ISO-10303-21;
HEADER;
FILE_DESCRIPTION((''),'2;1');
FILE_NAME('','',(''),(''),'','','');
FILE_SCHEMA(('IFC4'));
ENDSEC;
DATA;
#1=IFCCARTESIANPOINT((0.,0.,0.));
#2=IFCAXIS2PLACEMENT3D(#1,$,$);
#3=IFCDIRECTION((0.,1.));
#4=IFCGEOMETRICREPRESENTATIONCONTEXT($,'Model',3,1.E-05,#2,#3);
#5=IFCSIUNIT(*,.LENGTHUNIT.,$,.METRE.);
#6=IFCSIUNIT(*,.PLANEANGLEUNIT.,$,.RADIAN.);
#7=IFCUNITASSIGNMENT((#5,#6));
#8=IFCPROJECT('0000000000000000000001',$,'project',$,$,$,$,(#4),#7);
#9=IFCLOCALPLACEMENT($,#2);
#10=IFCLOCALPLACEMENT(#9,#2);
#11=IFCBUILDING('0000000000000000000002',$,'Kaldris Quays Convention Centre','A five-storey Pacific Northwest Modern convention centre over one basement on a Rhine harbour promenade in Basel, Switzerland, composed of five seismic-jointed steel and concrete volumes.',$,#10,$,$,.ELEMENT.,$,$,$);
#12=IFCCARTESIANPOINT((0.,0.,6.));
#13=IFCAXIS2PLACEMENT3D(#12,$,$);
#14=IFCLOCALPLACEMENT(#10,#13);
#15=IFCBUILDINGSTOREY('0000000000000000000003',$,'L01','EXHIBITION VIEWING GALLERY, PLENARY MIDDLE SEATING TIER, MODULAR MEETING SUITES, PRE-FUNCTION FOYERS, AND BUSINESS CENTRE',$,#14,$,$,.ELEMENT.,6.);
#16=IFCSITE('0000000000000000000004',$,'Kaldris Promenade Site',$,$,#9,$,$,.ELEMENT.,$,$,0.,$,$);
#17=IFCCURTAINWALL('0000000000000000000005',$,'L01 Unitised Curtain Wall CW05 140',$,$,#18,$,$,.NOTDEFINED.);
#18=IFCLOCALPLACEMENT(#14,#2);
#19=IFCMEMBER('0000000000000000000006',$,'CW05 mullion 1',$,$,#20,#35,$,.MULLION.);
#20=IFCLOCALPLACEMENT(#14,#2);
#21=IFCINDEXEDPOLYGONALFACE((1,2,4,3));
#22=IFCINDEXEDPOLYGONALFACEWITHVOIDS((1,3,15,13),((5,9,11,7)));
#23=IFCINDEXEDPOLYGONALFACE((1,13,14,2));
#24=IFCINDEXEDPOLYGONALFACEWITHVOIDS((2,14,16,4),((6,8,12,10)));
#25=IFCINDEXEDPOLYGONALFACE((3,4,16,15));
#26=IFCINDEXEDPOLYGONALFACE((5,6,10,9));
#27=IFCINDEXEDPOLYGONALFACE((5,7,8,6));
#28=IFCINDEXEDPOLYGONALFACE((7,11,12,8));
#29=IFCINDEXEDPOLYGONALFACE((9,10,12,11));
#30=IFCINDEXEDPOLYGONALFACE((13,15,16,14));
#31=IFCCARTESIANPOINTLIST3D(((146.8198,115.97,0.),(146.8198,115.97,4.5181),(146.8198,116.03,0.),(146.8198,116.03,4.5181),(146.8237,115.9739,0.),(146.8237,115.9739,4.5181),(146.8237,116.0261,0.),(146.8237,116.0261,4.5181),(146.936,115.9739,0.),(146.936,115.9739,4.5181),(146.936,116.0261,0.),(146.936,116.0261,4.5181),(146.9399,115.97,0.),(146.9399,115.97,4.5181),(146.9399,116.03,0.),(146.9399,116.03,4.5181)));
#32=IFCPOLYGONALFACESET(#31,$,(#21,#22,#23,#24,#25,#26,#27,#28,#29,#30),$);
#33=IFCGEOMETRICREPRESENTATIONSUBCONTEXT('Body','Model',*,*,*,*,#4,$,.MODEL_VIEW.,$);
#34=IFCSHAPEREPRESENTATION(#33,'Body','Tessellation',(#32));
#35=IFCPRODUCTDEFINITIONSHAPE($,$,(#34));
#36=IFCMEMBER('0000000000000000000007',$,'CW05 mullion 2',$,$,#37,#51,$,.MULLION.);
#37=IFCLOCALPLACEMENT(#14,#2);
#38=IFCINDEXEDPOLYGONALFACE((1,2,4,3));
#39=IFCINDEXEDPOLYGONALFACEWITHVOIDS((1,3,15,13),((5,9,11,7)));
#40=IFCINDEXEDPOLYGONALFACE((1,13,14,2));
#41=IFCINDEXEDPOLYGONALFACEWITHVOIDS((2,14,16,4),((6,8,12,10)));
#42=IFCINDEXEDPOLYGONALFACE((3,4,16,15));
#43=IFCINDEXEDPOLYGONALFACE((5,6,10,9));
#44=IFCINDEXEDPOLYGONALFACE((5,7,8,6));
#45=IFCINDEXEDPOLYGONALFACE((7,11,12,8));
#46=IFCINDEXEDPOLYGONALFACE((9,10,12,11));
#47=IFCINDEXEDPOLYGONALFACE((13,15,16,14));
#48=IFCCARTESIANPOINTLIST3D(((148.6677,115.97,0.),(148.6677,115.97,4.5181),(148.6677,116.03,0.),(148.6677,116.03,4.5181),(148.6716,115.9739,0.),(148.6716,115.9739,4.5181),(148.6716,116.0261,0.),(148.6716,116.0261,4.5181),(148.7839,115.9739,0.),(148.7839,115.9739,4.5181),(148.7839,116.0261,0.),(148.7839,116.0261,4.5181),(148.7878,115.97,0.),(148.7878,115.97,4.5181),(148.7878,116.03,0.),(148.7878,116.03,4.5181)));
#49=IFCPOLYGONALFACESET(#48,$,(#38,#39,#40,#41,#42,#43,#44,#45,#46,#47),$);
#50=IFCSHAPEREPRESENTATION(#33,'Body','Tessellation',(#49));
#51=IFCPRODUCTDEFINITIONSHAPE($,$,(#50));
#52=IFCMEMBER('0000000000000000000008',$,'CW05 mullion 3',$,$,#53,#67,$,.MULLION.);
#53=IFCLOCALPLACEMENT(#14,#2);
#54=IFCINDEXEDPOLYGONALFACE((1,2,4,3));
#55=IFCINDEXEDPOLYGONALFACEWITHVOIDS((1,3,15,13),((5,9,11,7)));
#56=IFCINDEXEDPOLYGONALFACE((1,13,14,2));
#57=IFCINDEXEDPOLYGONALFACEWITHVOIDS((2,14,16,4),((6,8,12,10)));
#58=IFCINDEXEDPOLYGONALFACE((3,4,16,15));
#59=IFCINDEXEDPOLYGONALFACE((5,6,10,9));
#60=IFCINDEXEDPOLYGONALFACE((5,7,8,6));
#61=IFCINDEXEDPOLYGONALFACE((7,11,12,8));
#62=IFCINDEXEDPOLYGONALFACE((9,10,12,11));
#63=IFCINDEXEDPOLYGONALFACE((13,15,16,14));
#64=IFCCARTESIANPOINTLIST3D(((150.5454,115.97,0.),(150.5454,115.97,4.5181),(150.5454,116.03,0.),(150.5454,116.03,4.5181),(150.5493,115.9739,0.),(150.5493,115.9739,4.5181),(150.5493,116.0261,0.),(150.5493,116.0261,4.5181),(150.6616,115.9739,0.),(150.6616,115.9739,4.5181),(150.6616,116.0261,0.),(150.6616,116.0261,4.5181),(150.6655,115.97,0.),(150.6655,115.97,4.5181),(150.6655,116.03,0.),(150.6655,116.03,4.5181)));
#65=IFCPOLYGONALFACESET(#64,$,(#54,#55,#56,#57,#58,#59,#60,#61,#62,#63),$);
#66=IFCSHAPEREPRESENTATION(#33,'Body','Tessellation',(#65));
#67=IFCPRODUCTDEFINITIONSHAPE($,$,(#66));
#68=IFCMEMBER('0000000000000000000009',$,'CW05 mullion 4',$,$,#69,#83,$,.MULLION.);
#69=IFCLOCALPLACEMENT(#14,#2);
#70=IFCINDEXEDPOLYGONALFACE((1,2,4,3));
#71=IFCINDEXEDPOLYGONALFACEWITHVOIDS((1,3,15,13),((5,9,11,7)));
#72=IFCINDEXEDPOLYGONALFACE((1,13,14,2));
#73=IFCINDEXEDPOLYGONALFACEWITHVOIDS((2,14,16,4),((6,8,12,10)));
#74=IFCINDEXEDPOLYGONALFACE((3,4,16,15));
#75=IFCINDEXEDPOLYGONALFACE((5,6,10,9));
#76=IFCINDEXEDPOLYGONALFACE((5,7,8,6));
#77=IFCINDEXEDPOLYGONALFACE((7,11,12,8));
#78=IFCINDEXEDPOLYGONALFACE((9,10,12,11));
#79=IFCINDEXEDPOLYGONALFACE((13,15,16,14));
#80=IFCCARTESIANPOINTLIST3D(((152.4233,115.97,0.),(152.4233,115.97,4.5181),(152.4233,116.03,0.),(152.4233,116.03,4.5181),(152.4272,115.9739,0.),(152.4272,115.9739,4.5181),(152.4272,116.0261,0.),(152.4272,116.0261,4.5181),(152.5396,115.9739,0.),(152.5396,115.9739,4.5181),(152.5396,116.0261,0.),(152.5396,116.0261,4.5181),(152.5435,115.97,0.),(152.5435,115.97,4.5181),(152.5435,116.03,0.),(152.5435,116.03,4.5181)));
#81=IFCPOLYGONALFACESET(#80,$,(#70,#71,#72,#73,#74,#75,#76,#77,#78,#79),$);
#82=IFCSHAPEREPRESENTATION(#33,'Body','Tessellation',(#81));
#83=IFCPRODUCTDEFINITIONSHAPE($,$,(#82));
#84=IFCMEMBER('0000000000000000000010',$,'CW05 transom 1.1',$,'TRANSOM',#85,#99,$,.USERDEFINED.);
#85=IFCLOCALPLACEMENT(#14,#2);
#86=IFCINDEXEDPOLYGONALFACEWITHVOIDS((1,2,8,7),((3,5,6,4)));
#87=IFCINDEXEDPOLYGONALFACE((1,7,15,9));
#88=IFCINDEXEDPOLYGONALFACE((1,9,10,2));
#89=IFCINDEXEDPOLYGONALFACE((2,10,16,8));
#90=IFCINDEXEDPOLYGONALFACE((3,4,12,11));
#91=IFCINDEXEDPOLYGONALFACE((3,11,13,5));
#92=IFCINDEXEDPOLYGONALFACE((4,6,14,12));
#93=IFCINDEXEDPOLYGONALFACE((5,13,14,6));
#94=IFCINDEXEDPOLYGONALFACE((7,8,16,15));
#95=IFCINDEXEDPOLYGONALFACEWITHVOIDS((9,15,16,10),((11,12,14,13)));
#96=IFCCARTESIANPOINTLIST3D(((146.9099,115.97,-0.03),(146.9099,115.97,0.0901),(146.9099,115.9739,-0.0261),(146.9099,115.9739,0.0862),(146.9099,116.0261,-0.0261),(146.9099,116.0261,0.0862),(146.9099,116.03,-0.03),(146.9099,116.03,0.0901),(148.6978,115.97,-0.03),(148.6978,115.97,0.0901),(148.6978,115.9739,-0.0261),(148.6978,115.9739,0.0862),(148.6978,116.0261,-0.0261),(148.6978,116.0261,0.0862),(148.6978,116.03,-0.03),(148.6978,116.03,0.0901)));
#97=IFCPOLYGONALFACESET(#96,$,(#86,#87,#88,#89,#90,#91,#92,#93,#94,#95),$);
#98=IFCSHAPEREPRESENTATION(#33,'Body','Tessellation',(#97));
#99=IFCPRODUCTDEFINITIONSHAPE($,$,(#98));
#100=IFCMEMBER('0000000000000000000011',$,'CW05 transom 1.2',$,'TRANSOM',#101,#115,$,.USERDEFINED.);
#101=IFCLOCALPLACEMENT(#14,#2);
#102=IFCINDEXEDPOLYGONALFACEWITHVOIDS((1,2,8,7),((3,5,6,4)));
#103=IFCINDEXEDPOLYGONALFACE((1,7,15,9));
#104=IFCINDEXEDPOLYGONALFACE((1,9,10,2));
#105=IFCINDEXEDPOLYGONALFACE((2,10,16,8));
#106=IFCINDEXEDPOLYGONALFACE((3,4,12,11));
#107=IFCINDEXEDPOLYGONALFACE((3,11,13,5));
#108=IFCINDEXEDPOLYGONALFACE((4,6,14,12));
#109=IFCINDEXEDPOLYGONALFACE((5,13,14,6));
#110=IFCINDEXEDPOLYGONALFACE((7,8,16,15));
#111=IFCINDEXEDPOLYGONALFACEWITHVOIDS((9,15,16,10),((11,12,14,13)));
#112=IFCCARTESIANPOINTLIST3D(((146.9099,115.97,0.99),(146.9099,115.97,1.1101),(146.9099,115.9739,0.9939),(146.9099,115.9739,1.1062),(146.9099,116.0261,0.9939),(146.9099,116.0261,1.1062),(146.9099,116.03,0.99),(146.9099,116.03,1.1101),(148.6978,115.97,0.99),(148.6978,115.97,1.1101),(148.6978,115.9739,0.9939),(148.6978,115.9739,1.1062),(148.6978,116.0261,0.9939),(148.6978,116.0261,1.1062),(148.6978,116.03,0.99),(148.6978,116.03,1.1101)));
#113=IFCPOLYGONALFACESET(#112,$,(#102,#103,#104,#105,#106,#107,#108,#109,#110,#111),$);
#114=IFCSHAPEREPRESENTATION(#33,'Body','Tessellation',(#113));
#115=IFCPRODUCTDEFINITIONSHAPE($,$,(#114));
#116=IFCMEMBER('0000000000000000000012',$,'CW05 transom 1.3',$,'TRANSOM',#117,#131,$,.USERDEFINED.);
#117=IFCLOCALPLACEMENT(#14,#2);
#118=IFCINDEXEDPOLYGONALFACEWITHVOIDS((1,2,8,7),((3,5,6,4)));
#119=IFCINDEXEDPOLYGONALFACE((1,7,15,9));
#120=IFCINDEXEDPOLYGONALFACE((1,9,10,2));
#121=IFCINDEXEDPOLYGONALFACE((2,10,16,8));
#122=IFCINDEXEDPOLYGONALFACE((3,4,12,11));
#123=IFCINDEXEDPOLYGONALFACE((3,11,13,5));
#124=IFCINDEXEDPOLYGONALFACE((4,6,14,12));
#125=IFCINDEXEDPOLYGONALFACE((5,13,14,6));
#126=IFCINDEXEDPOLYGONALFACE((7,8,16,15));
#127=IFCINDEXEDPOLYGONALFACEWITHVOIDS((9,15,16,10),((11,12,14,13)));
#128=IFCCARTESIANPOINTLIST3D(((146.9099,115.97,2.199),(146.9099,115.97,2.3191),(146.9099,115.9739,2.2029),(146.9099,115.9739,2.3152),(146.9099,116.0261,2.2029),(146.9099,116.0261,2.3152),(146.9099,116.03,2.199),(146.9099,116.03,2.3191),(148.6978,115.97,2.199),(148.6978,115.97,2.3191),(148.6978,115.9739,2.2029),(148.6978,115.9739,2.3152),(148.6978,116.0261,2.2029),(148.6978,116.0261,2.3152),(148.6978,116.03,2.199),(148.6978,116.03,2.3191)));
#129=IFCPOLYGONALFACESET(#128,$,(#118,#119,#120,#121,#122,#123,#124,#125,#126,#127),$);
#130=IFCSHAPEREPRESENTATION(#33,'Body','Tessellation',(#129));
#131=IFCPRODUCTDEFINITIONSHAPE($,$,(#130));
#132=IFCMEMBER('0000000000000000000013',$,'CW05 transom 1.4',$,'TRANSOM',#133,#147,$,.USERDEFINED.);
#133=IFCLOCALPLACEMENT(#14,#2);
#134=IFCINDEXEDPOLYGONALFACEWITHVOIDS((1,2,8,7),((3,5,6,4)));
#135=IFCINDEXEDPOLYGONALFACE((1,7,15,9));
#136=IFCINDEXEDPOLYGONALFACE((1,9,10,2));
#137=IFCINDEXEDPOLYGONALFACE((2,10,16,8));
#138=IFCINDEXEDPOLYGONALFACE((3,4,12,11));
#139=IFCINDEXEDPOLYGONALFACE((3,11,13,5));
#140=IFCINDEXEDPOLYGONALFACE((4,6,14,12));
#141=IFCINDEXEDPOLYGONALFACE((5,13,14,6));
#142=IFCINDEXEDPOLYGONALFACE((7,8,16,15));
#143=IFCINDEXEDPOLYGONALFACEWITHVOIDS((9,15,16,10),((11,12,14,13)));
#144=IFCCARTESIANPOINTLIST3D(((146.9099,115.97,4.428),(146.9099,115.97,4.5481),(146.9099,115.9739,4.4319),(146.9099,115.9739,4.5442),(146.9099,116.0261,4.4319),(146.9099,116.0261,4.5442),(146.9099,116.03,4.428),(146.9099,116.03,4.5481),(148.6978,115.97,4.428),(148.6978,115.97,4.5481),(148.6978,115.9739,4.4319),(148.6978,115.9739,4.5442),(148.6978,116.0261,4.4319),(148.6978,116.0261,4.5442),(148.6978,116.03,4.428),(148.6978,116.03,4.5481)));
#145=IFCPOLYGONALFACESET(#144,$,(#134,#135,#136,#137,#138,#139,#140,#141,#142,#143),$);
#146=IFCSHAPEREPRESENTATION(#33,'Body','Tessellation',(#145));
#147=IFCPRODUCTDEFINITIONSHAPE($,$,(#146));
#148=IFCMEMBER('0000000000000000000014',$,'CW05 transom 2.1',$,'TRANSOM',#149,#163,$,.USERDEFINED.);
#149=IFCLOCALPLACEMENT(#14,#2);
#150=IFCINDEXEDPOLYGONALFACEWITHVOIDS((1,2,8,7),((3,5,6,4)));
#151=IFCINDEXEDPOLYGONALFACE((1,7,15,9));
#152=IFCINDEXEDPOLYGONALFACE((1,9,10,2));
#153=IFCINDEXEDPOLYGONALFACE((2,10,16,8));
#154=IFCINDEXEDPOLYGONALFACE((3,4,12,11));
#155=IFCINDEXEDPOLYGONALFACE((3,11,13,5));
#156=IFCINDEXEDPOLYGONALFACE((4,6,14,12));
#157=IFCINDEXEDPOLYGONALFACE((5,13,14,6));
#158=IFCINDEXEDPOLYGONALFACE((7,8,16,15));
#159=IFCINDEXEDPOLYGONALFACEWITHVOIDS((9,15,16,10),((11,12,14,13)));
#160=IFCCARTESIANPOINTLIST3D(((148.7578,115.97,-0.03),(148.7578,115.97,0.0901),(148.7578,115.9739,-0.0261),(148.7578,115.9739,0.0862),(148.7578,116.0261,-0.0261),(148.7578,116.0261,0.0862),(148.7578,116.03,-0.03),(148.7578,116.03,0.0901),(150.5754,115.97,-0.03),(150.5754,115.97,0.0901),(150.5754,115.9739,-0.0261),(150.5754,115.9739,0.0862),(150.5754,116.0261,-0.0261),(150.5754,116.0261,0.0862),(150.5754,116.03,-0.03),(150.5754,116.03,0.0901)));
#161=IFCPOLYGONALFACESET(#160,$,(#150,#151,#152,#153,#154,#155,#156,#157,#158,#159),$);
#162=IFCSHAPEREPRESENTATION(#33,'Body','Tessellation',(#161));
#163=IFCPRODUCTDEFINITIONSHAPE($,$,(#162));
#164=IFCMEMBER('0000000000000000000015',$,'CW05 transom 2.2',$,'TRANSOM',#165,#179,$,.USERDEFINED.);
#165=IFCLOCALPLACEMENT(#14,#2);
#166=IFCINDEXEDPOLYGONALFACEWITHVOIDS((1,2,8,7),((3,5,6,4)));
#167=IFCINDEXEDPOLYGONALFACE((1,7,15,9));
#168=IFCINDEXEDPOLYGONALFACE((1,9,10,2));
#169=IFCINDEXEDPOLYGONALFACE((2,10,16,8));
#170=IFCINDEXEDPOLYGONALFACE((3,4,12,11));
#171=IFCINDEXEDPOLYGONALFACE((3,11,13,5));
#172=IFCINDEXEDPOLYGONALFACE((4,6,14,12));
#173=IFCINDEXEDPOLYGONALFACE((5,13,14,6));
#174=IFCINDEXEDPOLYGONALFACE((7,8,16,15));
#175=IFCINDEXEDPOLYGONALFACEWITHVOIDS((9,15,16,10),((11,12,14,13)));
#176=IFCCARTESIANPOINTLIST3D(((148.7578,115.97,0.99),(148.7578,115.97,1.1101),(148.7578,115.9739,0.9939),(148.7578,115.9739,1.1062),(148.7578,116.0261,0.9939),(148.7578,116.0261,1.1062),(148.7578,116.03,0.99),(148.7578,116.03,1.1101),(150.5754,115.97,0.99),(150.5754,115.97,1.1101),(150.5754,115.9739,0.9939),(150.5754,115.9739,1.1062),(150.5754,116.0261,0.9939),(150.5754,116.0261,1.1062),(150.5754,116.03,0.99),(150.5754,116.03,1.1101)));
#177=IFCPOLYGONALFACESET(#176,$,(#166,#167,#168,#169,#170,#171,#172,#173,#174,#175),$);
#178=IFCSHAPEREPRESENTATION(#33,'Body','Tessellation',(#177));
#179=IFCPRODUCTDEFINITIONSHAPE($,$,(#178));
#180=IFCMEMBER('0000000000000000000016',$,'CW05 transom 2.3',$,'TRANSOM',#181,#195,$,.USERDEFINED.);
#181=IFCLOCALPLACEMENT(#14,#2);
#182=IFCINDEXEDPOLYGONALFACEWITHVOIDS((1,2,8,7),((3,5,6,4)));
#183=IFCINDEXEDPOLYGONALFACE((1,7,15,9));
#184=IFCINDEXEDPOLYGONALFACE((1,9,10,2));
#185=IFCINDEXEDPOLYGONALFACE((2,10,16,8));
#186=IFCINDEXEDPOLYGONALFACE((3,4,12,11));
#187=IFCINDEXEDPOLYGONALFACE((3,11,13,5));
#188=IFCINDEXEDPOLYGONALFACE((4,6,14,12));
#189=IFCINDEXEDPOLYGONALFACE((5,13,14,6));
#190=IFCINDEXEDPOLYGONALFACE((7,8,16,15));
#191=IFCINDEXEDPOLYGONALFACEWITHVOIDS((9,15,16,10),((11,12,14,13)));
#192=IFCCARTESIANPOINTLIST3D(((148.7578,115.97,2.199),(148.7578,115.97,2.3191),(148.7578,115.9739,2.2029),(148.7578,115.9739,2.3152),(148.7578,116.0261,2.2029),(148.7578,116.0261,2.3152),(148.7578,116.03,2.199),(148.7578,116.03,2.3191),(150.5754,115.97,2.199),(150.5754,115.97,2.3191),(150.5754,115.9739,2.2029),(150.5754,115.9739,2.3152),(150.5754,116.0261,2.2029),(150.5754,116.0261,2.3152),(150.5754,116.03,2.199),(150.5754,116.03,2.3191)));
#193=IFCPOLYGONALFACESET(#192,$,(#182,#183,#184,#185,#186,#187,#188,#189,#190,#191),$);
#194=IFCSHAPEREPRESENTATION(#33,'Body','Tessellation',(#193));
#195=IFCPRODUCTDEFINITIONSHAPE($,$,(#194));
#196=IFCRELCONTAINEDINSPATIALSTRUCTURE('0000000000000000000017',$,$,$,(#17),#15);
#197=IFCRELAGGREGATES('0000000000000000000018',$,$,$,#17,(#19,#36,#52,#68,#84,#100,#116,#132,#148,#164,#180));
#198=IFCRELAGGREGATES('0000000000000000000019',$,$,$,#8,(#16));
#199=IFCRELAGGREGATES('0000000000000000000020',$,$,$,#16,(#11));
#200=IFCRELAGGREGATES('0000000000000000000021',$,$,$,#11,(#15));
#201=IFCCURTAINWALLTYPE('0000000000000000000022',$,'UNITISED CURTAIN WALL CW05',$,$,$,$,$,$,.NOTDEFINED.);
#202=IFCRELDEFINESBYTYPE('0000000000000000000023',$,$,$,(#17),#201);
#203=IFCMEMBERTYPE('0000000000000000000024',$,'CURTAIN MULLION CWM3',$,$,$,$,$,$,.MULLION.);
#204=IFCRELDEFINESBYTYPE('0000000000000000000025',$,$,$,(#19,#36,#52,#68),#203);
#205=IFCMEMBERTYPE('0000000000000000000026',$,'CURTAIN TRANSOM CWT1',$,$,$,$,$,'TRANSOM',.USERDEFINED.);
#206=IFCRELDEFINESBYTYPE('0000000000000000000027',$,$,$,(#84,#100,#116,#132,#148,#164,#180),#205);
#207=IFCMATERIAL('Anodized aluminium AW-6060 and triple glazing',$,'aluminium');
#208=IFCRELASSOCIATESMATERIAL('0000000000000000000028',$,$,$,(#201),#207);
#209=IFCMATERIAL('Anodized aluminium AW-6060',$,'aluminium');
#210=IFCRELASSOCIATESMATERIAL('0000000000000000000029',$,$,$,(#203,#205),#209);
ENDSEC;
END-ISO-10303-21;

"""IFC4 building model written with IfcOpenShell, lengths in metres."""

from ifc_helpers import new_model, si_unit, direction, frame, origin, origin_2d, place, context, subcontext, project, spatial, hollow_rectangle, extrude, material, material_profile, profile_set, type_object, element, aggregate, save


model = new_model("IFC4")

# Units and contexts
model_context = context("Model", 3, precision=1e-05, world=origin(), true_north=direction((0.0, 1.0)))
body_context = subcontext(model_context, "Body", "Model", "MODEL_VIEW")
ifc_project = project(units=[si_unit("LENGTHUNIT", "METRE"), si_unit("PLANEANGLEUNIT", "RADIAN")], contexts=[model_context])

# Site, building, storey
site_placement = place(None, origin())
site = spatial("IfcSite", under=ifc_project, at=site_placement, Name="Kaldris Promenade Site", CompositionType="ELEMENT", RefElevation=0.0)
building_placement = place(site_placement, origin())
building = spatial("IfcBuilding", under=site, at=building_placement, Name="Kaldris Quays Convention Centre", Description="A five-storey Pacific Northwest Modern convention centre over one basement on a Rhine harbour promenade in Basel, Switzerland, composed of five seismic-jointed steel and concrete volumes.", CompositionType="ELEMENT")
storey_placement = place(building_placement, frame((0.0, 0.0, 6.0)))
storey = spatial("IfcBuildingStorey", under=building, at=storey_placement, Name="L01", Description="EXHIBITION VIEWING GALLERY, PLENARY MIDDLE SEATING TIER, MODULAR MEETING SUITES, PRE-FUNCTION FOYERS, AND BUSINESS CENTRE", CompositionType="ELEMENT", Elevation=6.0)

# Curtain wall, members
ifc_material_1 = material(Name="Anodized aluminium AW-6060 and triple glazing", Category="aluminium")
curtain_wall_type = type_object("IfcCurtainWallType", Name="UNITISED CURTAIN WALL CW05", PredefinedType="NOTDEFINED", material=ifc_material_1)
curtain_wall_placement = place(storey_placement, origin())
curtain_wall = element("IfcCurtainWall", 1, at=curtain_wall_placement, inside=storey, type_object=curtain_wall_type, Name="L01 Unitised Curtain Wall CW05 140", PredefinedType="NOTDEFINED")
ifc_material_2 = material(Name="Anodized aluminium AW-6060", Category="aluminium")
ifc_material_profile_1 = material_profile(ifc_material_2, hollow_rectangle(XDim=0.0601, YDim=0.1201, WallThickness=0.0039, at=origin_2d()), Name="RHS 120x60x4")
ifc_profile_set_1 = profile_set([ifc_material_profile_1], Name="Anodized aluminium AW-6060")
member_type_1 = type_object("IfcMemberType", Name="CURTAIN MULLION CWM3", PredefinedType="MULLION", material=ifc_profile_set_1)
member_1_placement = place(storey_placement, frame((146.8799, 116.0, 0.0), z_axis=(0.0, 0.0, 1.0), x_axis=(0.0, 1.0, 0.0)))
member_1 = element("IfcMember", 2, at=member_1_placement, type_object=member_type_1, Name="CW05 mullion 1", PredefinedType="MULLION", context=body_context, shape_type="SweptSolid", body=[
    extrude(hollow_rectangle(XDim=0.0601, YDim=0.1201, WallThickness=0.0039, at=origin_2d()), origin(), (0.0, 0.0, 1.0), 4.5181),
])
member_2_placement = place(storey_placement, frame((148.7278, 116.0, 0.0), z_axis=(0.0, 0.0, 1.0), x_axis=(0.0, 1.0, 0.0)))
member_2 = element("IfcMember", 3, at=member_2_placement, type_object=member_type_1, Name="CW05 mullion 2", PredefinedType="MULLION", context=body_context, shape_type="SweptSolid", body=[
    extrude(hollow_rectangle(XDim=0.0601, YDim=0.1201, WallThickness=0.0039, at=origin_2d()), origin(), (0.0, 0.0, 1.0), 4.5181),
])
member_3_placement = place(storey_placement, frame((150.6055, 116.0, 0.0), z_axis=(0.0, 0.0, 1.0), x_axis=(0.0, 1.0, 0.0)))
member_3 = element("IfcMember", 4, at=member_3_placement, type_object=member_type_1, Name="CW05 mullion 3", PredefinedType="MULLION", context=body_context, shape_type="SweptSolid", body=[
    extrude(hollow_rectangle(XDim=0.0601, YDim=0.1201, WallThickness=0.0039, at=origin_2d()), origin(), (0.0, 0.0, 1.0), 4.5181),
])
member_4_placement = place(storey_placement, frame((152.4834, 116.0, 0.0), z_axis=(0.0, 0.0, 1.0), x_axis=(0.0, 1.0, 0.0)))
member_4 = element("IfcMember", 5, at=member_4_placement, type_object=member_type_1, Name="CW05 mullion 4", PredefinedType="MULLION", context=body_context, shape_type="SweptSolid", body=[
    extrude(hollow_rectangle(XDim=0.0601, YDim=0.1201, WallThickness=0.0039, at=origin_2d()), origin(), (0.0, 0.0, 1.0), 4.5181),
])
ifc_material_profile_2 = material_profile(ifc_material_2, hollow_rectangle(XDim=0.0601, YDim=0.1201, WallThickness=0.0039, at=origin_2d()), Name="RHS 120x60x4")
ifc_profile_set_2 = profile_set([ifc_material_profile_2], Name="Anodized aluminium AW-6060")
member_type_2 = type_object("IfcMemberType", Name="CURTAIN TRANSOM CWT1", ElementType="TRANSOM", PredefinedType="USERDEFINED", material=ifc_profile_set_2)
member_5_placement = place(storey_placement, frame((146.9099, 116.0, 0.03), z_axis=(1.0, 0.0, 0.0), x_axis=(0.0, 1.0, 0.0)))
member_5 = element("IfcMember", 6, at=member_5_placement, type_object=member_type_2, Name="CW05 transom 1.1", ObjectType="TRANSOM", PredefinedType="USERDEFINED", context=body_context, shape_type="SweptSolid", body=[
    extrude(hollow_rectangle(XDim=0.0601, YDim=0.1201, WallThickness=0.0039, at=origin_2d()), origin(), (0.0, 0.0, 1.0), 1.7878),
])
member_6_placement = place(storey_placement, frame((146.9099, 116.0, 1.05), z_axis=(1.0, 0.0, 0.0), x_axis=(0.0, 1.0, 0.0)))
member_6 = element("IfcMember", 7, at=member_6_placement, type_object=member_type_2, Name="CW05 transom 1.2", ObjectType="TRANSOM", PredefinedType="USERDEFINED", context=body_context, shape_type="SweptSolid", body=[
    extrude(hollow_rectangle(XDim=0.0601, YDim=0.1201, WallThickness=0.0039, at=origin_2d()), origin(), (0.0, 0.0, 1.0), 1.7878),
])
member_7_placement = place(storey_placement, frame((146.9099, 116.0, 2.259), z_axis=(1.0, 0.0, 0.0), x_axis=(0.0, 1.0, 0.0)))
member_7 = element("IfcMember", 8, at=member_7_placement, type_object=member_type_2, Name="CW05 transom 1.3", ObjectType="TRANSOM", PredefinedType="USERDEFINED", context=body_context, shape_type="SweptSolid", body=[
    extrude(hollow_rectangle(XDim=0.0601, YDim=0.1201, WallThickness=0.0039, at=origin_2d()), origin(), (0.0, 0.0, 1.0), 1.7878),
])
member_8_placement = place(storey_placement, frame((146.9099, 116.0, 4.488), z_axis=(1.0, 0.0, 0.0), x_axis=(0.0, 1.0, 0.0)))
member_8 = element("IfcMember", 9, at=member_8_placement, type_object=member_type_2, Name="CW05 transom 1.4", ObjectType="TRANSOM", PredefinedType="USERDEFINED", context=body_context, shape_type="SweptSolid", body=[
    extrude(hollow_rectangle(XDim=0.0601, YDim=0.1201, WallThickness=0.0039, at=origin_2d()), origin(), (0.0, 0.0, 1.0), 1.7878),
])
member_9_placement = place(storey_placement, frame((148.7578, 116.0, 0.03), z_axis=(1.0, 0.0, 0.0), x_axis=(0.0, 1.0, 0.0)))
member_9 = element("IfcMember", 10, at=member_9_placement, type_object=member_type_2, Name="CW05 transom 2.1", ObjectType="TRANSOM", PredefinedType="USERDEFINED", context=body_context, shape_type="SweptSolid", body=[
    extrude(hollow_rectangle(XDim=0.0601, YDim=0.1201, WallThickness=0.0039, at=origin_2d()), origin(), (0.0, 0.0, 1.0), 1.8176),
])
member_10_placement = place(storey_placement, frame((148.7578, 116.0, 1.05), z_axis=(1.0, 0.0, 0.0), x_axis=(0.0, 1.0, 0.0)))
member_10 = element("IfcMember", 11, at=member_10_placement, type_object=member_type_2, Name="CW05 transom 2.2", ObjectType="TRANSOM", PredefinedType="USERDEFINED", context=body_context, shape_type="SweptSolid", body=[
    extrude(hollow_rectangle(XDim=0.0601, YDim=0.1201, WallThickness=0.0039, at=origin_2d()), origin(), (0.0, 0.0, 1.0), 1.8176),
])
member_11_placement = place(storey_placement, frame((148.7578, 116.0, 2.259), z_axis=(1.0, 0.0, 0.0), x_axis=(0.0, 1.0, 0.0)))
member_11 = element("IfcMember", 12, at=member_11_placement, type_object=member_type_2, Name="CW05 transom 2.3", ObjectType="TRANSOM", PredefinedType="USERDEFINED", context=body_context, shape_type="SweptSolid", body=[
    extrude(hollow_rectangle(XDim=0.0601, YDim=0.1201, WallThickness=0.0039, at=origin_2d()), origin(), (0.0, 0.0, 1.0), 1.8176),
])

aggregate(curtain_wall, [member_1, member_2, member_3, member_4, member_5, member_6, member_7, member_8, member_9, member_10, member_11])

save(model, "model.ifc")
